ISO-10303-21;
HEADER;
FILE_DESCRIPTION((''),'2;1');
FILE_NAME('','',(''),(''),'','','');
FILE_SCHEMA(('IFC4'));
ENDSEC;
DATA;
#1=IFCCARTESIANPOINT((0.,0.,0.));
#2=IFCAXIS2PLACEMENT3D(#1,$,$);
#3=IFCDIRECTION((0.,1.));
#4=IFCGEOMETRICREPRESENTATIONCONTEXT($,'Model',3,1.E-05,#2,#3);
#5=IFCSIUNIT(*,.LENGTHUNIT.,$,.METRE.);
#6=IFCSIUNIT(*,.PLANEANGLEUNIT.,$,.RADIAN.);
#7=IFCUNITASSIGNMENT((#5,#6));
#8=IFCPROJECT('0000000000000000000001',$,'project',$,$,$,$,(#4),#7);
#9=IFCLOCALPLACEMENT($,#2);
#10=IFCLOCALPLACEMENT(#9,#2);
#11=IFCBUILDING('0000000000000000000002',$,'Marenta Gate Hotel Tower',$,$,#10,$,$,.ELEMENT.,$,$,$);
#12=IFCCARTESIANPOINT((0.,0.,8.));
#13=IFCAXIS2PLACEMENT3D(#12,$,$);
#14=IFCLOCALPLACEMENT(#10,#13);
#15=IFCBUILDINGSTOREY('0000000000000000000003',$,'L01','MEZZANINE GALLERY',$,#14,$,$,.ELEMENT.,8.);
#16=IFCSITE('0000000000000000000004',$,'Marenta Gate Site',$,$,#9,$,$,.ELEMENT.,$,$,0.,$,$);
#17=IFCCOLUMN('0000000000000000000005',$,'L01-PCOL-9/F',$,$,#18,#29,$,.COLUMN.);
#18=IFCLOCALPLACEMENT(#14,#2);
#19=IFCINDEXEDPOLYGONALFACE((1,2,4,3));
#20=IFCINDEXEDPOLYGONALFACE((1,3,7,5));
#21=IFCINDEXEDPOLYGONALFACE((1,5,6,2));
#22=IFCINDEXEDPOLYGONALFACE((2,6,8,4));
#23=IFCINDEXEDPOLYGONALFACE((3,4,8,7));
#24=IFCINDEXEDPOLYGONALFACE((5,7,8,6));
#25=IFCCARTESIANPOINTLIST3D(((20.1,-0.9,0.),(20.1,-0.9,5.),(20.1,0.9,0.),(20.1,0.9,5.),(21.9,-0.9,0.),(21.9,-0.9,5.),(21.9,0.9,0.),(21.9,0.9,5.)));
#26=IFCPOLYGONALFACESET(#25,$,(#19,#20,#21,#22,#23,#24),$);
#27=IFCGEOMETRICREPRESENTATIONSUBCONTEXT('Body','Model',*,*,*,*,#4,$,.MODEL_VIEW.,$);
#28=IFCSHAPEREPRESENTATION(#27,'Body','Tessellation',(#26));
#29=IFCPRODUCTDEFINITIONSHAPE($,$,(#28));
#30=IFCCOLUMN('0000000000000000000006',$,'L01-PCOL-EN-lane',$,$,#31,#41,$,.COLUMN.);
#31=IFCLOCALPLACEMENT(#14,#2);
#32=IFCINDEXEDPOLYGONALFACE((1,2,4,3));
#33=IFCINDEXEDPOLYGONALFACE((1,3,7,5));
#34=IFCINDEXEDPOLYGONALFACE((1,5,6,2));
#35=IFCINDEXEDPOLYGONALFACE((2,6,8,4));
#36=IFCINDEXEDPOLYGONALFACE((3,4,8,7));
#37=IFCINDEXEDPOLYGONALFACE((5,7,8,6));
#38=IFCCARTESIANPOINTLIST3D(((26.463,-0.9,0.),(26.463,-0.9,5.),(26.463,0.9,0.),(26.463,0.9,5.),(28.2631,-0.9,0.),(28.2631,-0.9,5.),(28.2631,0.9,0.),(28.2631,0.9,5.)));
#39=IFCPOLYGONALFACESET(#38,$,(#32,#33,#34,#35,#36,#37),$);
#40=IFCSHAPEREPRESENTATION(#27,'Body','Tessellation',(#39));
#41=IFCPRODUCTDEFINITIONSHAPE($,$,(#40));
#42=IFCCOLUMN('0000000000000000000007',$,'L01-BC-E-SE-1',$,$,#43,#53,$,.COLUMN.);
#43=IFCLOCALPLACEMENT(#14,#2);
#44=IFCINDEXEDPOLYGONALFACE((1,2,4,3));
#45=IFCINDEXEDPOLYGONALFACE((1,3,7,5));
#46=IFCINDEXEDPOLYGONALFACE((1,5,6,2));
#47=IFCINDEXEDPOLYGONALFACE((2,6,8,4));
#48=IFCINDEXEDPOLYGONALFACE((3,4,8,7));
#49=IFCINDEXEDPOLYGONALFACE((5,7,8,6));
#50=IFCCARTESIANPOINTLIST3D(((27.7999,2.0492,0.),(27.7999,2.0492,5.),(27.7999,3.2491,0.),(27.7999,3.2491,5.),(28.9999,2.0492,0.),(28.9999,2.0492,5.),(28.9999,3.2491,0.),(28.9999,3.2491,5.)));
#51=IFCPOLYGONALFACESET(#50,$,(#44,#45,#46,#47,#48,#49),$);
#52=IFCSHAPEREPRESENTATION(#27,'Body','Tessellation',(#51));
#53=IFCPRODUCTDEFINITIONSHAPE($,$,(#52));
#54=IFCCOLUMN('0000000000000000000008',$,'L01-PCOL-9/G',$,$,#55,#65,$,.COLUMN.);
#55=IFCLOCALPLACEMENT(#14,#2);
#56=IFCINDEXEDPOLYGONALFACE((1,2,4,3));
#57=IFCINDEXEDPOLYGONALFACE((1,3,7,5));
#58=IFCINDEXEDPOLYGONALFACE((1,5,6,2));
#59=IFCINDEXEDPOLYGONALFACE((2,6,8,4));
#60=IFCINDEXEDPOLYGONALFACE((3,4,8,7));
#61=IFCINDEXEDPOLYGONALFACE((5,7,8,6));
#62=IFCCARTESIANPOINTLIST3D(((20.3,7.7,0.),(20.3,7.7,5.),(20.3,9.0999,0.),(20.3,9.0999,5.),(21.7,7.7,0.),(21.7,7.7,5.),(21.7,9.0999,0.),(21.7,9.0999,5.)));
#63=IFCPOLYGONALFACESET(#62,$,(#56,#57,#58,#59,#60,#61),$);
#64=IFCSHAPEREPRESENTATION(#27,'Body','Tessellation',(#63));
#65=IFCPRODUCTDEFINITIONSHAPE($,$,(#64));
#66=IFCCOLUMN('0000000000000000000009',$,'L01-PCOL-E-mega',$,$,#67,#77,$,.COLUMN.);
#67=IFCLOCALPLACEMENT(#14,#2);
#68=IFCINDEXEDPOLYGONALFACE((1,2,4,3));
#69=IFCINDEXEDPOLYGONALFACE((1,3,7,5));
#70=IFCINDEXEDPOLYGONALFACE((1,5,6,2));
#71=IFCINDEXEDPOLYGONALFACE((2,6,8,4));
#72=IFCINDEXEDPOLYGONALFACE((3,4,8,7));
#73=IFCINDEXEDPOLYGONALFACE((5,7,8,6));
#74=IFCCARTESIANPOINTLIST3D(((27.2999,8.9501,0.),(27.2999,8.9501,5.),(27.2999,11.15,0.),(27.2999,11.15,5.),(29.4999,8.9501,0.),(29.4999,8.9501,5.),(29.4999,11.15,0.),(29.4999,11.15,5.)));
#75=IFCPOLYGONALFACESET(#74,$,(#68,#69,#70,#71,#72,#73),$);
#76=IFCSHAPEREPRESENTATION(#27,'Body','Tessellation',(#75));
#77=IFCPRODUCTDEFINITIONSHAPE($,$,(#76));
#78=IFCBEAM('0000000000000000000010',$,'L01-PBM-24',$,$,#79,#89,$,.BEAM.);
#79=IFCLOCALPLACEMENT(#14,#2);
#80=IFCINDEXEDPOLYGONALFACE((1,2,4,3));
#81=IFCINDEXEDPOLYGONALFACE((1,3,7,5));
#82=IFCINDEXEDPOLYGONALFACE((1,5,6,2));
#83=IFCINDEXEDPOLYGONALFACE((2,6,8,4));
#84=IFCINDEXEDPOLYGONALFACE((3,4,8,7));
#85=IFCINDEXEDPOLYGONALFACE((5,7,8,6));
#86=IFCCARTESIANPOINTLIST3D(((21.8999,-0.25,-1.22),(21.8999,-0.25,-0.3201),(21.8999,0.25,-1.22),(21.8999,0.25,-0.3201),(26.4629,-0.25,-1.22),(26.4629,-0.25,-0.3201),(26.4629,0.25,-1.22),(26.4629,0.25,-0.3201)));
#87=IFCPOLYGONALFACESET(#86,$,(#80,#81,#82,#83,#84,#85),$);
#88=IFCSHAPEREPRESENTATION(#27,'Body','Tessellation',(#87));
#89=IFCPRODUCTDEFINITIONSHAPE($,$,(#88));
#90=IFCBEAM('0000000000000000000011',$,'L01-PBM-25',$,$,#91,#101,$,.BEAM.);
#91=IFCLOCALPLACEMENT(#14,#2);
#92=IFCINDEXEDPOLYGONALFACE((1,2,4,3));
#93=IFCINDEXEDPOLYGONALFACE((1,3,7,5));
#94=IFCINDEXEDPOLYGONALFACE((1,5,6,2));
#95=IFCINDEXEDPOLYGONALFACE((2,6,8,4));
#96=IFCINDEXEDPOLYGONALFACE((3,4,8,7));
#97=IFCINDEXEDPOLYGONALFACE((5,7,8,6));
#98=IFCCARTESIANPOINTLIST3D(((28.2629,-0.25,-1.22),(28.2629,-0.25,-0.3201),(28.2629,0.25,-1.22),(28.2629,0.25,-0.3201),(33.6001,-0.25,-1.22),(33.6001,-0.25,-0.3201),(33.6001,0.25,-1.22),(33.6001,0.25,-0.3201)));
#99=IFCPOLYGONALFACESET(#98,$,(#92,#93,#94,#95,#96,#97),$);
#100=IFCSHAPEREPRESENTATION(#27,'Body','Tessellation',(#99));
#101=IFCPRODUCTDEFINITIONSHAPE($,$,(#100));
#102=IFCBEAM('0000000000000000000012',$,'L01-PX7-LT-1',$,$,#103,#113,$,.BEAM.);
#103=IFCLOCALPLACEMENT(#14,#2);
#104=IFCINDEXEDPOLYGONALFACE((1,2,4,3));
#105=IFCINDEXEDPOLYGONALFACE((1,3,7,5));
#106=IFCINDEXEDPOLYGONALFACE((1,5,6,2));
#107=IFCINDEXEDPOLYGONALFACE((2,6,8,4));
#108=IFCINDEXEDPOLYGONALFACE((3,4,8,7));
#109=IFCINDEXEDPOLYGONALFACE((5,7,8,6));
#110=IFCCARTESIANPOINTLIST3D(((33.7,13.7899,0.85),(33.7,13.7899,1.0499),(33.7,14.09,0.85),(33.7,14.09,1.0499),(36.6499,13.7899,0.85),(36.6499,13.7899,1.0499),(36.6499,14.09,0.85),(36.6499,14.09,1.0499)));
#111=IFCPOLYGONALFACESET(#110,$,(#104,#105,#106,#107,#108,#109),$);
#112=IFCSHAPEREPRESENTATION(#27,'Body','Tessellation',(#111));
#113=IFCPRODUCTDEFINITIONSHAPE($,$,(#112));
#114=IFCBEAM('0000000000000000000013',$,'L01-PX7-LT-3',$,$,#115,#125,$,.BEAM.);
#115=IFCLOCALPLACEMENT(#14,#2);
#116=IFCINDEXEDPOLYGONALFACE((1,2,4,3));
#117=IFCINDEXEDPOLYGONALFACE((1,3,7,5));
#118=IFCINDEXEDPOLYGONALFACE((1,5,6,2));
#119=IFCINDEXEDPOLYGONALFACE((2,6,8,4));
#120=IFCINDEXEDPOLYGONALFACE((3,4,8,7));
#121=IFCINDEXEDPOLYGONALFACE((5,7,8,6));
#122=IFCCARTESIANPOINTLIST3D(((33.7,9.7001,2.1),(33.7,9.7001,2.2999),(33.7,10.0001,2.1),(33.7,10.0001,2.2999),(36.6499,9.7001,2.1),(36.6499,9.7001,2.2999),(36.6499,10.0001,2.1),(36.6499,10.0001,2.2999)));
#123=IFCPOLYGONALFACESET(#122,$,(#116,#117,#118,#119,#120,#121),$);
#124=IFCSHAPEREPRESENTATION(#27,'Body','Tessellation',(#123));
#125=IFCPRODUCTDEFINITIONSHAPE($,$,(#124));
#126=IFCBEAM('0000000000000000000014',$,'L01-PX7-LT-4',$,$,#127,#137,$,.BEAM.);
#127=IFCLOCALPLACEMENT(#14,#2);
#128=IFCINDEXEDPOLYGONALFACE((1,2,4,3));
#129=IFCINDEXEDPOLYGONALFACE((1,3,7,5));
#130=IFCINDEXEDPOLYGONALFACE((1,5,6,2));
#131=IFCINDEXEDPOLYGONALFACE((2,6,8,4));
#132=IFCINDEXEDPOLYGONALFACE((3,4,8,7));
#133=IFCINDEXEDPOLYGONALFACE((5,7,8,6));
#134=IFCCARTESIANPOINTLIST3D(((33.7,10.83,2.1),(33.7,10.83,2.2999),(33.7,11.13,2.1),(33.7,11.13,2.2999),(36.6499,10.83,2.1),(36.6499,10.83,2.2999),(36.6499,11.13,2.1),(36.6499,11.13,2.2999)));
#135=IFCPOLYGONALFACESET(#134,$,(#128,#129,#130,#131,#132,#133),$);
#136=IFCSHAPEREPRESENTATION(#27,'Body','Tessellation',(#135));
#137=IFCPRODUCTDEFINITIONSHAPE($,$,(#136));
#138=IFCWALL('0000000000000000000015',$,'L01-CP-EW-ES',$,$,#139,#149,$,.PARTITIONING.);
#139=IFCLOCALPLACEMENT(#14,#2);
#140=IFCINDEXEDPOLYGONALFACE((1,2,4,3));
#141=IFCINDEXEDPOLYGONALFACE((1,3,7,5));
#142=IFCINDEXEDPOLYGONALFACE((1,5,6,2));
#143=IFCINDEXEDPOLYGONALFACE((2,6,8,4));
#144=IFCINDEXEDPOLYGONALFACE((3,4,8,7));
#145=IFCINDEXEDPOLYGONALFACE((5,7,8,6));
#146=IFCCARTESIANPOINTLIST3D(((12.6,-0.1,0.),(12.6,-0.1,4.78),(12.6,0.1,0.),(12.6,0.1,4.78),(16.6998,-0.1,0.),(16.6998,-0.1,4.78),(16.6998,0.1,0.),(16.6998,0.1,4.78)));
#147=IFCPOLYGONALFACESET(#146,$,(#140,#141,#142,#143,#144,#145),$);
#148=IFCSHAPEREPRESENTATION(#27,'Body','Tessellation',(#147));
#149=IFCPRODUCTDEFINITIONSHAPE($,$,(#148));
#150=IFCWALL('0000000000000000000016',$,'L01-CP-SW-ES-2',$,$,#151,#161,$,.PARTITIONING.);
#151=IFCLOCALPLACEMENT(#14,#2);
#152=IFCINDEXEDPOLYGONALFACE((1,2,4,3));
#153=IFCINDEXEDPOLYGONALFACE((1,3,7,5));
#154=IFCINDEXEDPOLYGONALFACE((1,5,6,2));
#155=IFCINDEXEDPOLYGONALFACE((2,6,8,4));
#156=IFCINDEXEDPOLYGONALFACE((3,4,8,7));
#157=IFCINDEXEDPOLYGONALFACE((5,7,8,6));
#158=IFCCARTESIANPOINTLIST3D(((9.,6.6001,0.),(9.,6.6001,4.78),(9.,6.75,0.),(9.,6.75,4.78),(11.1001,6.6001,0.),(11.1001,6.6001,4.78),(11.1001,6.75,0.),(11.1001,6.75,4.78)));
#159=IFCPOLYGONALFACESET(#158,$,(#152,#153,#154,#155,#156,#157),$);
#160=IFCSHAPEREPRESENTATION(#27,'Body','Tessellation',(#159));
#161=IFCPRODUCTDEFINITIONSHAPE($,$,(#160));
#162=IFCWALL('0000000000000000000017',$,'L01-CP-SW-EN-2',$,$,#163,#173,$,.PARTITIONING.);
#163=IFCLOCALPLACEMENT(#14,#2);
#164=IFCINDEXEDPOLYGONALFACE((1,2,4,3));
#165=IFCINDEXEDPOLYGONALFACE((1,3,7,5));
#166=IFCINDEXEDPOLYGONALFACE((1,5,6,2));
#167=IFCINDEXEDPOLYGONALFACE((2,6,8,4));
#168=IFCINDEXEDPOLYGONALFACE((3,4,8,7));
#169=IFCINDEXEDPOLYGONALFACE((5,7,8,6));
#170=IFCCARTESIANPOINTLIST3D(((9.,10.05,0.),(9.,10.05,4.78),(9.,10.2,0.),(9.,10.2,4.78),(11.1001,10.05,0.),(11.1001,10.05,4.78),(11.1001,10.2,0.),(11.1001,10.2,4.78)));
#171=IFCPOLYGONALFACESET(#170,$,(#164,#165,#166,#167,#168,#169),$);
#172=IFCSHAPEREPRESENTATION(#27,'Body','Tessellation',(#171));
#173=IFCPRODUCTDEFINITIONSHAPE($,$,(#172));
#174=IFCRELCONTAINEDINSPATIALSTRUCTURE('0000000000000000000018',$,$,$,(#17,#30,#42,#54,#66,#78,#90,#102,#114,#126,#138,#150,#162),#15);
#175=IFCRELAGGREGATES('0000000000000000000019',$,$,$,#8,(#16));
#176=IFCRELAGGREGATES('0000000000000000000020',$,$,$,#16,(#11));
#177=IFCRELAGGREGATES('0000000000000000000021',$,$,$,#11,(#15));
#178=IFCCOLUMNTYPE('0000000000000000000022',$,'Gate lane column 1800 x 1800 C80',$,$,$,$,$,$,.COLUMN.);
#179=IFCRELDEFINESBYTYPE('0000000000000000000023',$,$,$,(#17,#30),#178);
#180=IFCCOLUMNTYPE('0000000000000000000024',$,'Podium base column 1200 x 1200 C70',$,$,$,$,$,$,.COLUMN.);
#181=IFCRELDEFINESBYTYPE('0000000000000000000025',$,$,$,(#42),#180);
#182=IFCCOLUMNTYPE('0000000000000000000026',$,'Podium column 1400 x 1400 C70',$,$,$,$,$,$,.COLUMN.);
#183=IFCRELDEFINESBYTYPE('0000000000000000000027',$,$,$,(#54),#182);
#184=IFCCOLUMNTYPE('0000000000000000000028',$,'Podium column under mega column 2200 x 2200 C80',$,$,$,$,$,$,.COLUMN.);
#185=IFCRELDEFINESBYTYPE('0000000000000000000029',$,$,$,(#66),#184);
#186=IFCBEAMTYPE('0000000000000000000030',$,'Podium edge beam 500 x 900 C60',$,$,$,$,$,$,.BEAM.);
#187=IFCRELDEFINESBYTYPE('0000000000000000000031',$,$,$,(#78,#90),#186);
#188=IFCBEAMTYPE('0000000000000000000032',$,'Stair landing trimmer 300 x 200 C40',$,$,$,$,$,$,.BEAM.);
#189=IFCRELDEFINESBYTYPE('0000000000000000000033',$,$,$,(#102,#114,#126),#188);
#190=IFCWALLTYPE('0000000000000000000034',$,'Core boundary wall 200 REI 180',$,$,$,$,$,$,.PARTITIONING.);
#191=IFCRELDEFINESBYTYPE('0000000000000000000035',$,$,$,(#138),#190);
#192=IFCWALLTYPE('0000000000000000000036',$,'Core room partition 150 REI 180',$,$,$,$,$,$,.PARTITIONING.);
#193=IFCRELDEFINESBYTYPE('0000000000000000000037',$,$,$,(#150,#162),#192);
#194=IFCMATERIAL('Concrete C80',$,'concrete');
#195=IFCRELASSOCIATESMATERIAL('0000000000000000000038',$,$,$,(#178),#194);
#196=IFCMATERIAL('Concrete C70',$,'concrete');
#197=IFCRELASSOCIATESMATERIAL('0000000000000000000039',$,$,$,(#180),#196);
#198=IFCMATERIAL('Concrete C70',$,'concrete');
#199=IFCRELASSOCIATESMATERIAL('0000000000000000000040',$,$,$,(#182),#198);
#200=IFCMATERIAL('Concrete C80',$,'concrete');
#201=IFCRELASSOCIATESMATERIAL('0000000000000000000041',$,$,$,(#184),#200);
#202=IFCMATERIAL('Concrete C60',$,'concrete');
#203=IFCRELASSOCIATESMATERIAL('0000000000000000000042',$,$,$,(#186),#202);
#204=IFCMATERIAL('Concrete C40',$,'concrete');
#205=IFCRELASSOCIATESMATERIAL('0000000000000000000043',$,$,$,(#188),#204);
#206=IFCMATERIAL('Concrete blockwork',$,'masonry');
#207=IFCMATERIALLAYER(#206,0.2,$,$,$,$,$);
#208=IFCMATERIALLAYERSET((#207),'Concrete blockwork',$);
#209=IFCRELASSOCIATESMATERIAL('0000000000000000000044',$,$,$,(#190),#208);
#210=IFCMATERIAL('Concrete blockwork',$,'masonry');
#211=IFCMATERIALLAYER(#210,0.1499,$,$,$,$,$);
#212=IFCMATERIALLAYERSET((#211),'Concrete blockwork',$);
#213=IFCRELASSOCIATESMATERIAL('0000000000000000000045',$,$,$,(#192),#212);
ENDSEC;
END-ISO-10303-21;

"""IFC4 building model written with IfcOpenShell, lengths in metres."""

from ifc_helpers import new_model, si_unit, direction, frame, frame_2d, origin, origin_2d, place, context, subcontext, project, spatial, rectangle, extrude, material, layer, layer_set, material_profile, profile_set, type_object, element, save


model = new_model("IFC4")

# Units and contexts
model_context = context("Model", 3, precision=1e-05, world=origin(), true_north=direction((0.0, 1.0)))
body_context = subcontext(model_context, "Body", "Model", "MODEL_VIEW")
ifc_project = project(units=[si_unit("LENGTHUNIT", "METRE"), si_unit("PLANEANGLEUNIT", "RADIAN")], contexts=[model_context])

# Site, building, storey
site_placement = place(None, origin())
site = spatial("IfcSite", under=ifc_project, at=site_placement, Name="Marenta Gate Site", CompositionType="ELEMENT", RefElevation=0.0)
building_placement = place(site_placement, origin())
building = spatial("IfcBuilding", under=site, at=building_placement, Name="Marenta Gate Hotel Tower", CompositionType="ELEMENT")
storey_placement = place(building_placement, frame((0.0, 0.0, 8.0)))
storey = spatial("IfcBuildingStorey", under=building, at=storey_placement, Name="L01", Description="MEZZANINE GALLERY", CompositionType="ELEMENT", Elevation=8.0)

# Columns
ifc_material_1 = material(Name="Concrete C80", Category="concrete")
ifc_material_profile_1 = material_profile(ifc_material_1, rectangle(XDim=1.8, YDim=1.8, at=origin_2d()), Name="1800 x 1800")
ifc_profile_set_1 = profile_set([ifc_material_profile_1], Name="Concrete C80")
column_type_1 = type_object("IfcColumnType", Name="Gate lane column 1800 x 1800 C80", PredefinedType="COLUMN", material=ifc_profile_set_1)
for number, where, z_axis, x_axis, name in (
    (1, (21.0, 0.0, 0.0), (0.0, 0.0, 1.0), (1.0, 0.0, 0.0), "L01-PCOL-9/F"),
    (2, (27.363, 0.0, 0.0), (0.0, 0.0, 1.0), (1.0, 0.0, 0.0), "L01-PCOL-EN-lane"),
):
    element("IfcColumn", number, at=place(storey_placement, frame(where, z_axis=z_axis, x_axis=x_axis)), inside=storey, type_object=column_type_1, Name=name, PredefinedType="COLUMN", context=body_context, shape_type="SweptSolid", body=[
        extrude(rectangle(XDim=1.8, YDim=1.8, at=origin_2d()), origin(), (0.0, 0.0, 1.0), 5.0),
    ])
ifc_material_2 = material(Name="Concrete C70", Category="concrete")
ifc_material_profile_2 = material_profile(ifc_material_2, rectangle(XDim=1.2, YDim=1.2, at=origin_2d()), Name="1200 x 1200")
ifc_profile_set_2 = profile_set([ifc_material_profile_2], Name="Concrete C70")
column_type_2 = type_object("IfcColumnType", Name="Podium base column 1200 x 1200 C70", PredefinedType="COLUMN", material=ifc_profile_set_2)
column_1_placement = place(storey_placement, frame((28.3999, 2.6492, 0.0), z_axis=(0.0, 0.0, 1.0), x_axis=(1.0, 0.0, 0.0)))
element("IfcColumn", 3, at=column_1_placement, inside=storey, type_object=column_type_2, Name="L01-BC-E-SE-1", PredefinedType="COLUMN", context=body_context, shape_type="SweptSolid", body=[
    extrude(rectangle(XDim=1.2, YDim=1.2, at=origin_2d()), origin(), (0.0, 0.0, 1.0), 5.0),
])
ifc_material_3 = material(Name="Concrete C70", Category="concrete")
ifc_material_profile_3 = material_profile(ifc_material_3, rectangle(XDim=1.3999, YDim=1.3999, at=origin_2d()), Name="1400 x 1400")
ifc_profile_set_3 = profile_set([ifc_material_profile_3], Name="Concrete C70")
column_type_3 = type_object("IfcColumnType", Name="Podium column 1400 x 1400 C70", PredefinedType="COLUMN", material=ifc_profile_set_3)
column_2_placement = place(storey_placement, frame((21.0, 8.3999, 0.0), z_axis=(0.0, 0.0, 1.0), x_axis=(1.0, 0.0, 0.0)))
element("IfcColumn", 4, at=column_2_placement, inside=storey, type_object=column_type_3, Name="L01-PCOL-9/G", PredefinedType="COLUMN", context=body_context, shape_type="SweptSolid", body=[
    extrude(rectangle(XDim=1.3999, YDim=1.3999, at=origin_2d()), origin(), (0.0, 0.0, 1.0), 5.0),
])
ifc_material_4 = material(Name="Concrete C80", Category="concrete")
ifc_material_profile_4 = material_profile(ifc_material_4, rectangle(XDim=2.2, YDim=2.2, at=origin_2d()), Name="2200 x 2200")
ifc_profile_set_4 = profile_set([ifc_material_profile_4], Name="Concrete C80")
column_type_4 = type_object("IfcColumnType", Name="Podium column under mega column 2200 x 2200 C80", PredefinedType="COLUMN", material=ifc_profile_set_4)
column_3_placement = place(storey_placement, frame((28.3999, 10.05, 0.0), z_axis=(0.0, 0.0, 1.0), x_axis=(1.0, 0.0, 0.0)))
element("IfcColumn", 5, at=column_3_placement, inside=storey, type_object=column_type_4, Name="L01-PCOL-E-mega", PredefinedType="COLUMN", context=body_context, shape_type="SweptSolid", body=[
    extrude(rectangle(XDim=2.2, YDim=2.2, at=origin_2d()), origin(), (0.0, 0.0, 1.0), 5.0),
])

# Beams
ifc_material_5 = material(Name="Concrete C60", Category="concrete")
ifc_material_profile_5 = material_profile(ifc_material_5, rectangle(XDim=0.5, YDim=0.8999, at=origin_2d()), Name="500 x 900")
ifc_profile_set_5 = profile_set([ifc_material_profile_5], Name="Concrete C60")
beam_type_1 = type_object("IfcBeamType", Name="Podium edge beam 500 x 900 C60", PredefinedType="BEAM", material=ifc_profile_set_5)
beam_1_placement = place(storey_placement, frame((21.8999, 0.0, -0.77), z_axis=(1.0, 0.0, 0.0), x_axis=(0.0, 1.0, 0.0)))
element("IfcBeam", 6, at=beam_1_placement, inside=storey, type_object=beam_type_1, Name="L01-PBM-24", PredefinedType="BEAM", context=body_context, shape_type="SweptSolid", body=[
    extrude(rectangle(XDim=0.5, YDim=0.8999, at=origin_2d()), origin(), (0.0, 0.0, 1.0), 4.563),
])
beam_2_placement = place(storey_placement, frame((28.2629, 0.0, -0.77), z_axis=(1.0, 0.0, 0.0), x_axis=(0.0, 1.0, 0.0)))
element("IfcBeam", 7, at=beam_2_placement, inside=storey, type_object=beam_type_1, Name="L01-PBM-25", PredefinedType="BEAM", context=body_context, shape_type="SweptSolid", body=[
    extrude(rectangle(XDim=0.5, YDim=0.8999, at=origin_2d()), origin(), (0.0, 0.0, 1.0), 5.3372),
])
ifc_material_6 = material(Name="Concrete C40", Category="concrete")
ifc_material_profile_6 = material_profile(ifc_material_6, rectangle(XDim=0.3, YDim=0.2, at=origin_2d()), Name="300 x 200")
ifc_profile_set_6 = profile_set([ifc_material_profile_6], Name="Concrete C40")
beam_type_2 = type_object("IfcBeamType", Name="Stair landing trimmer 300 x 200 C40", PredefinedType="BEAM", material=ifc_profile_set_6)
for number, where, z_axis, x_axis, name in (
    (8, (33.7, 13.9399, 0.95), (1.0, 0.0, 0.0), (0.0, 1.0, 0.0), "L01-PX7-LT-1"),
    (9, (33.7, 9.8501, 2.2), (1.0, 0.0, 0.0), (0.0, 1.0, 0.0), "L01-PX7-LT-3"),
    (10, (33.7, 10.98, 2.2), (1.0, 0.0, 0.0), (0.0, 1.0, 0.0), "L01-PX7-LT-4"),
):
    element("IfcBeam", number, at=place(storey_placement, frame(where, z_axis=z_axis, x_axis=x_axis)), inside=storey, type_object=beam_type_2, Name=name, PredefinedType="BEAM", context=body_context, shape_type="SweptSolid", body=[
        extrude(rectangle(XDim=0.3, YDim=0.2, at=origin_2d()), origin(), (0.0, 0.0, 1.0), 2.95),
    ])

# Walls
ifc_material_7 = material(Name="Concrete blockwork", Category="masonry")
ifc_layer_1 = layer(ifc_material_7, 0.2)
ifc_layer_set_1 = layer_set([ifc_layer_1], Name="Concrete blockwork")
wall_type_1 = type_object("IfcWallType", Name="Core boundary wall 200 REI 180", PredefinedType="PARTITIONING", material=ifc_layer_set_1)
wall_1_placement = place(storey_placement, frame((12.6001, 0.0, 0.0), z_axis=(0.0, 0.0, 1.0), x_axis=(1.0, 0.0, 0.0)))
element("IfcWall", 11, at=wall_1_placement, inside=storey, type_object=wall_type_1, Name="L01-CP-EW-ES", PredefinedType="PARTITIONING", context=body_context, shape_type="SweptSolid", body=[
    extrude(rectangle(XDim=4.0999, YDim=0.2, at=frame_2d((2.0498, 0.0))), origin(), (0.0, 0.0, 1.0), 4.78),
])
ifc_material_8 = material(Name="Concrete blockwork", Category="masonry")
ifc_layer_2 = layer(ifc_material_8, 0.1499)
ifc_layer_set_2 = layer_set([ifc_layer_2], Name="Concrete blockwork")
wall_type_2 = type_object("IfcWallType", Name="Core room partition 150 REI 180", PredefinedType="PARTITIONING", material=ifc_layer_set_2)
for number, where, z_axis, x_axis, name in (
    (12, (9.0, 6.675, 0.0), (0.0, 0.0, 1.0), (1.0, 0.0, 0.0), "L01-CP-SW-ES-2"),
    (13, (9.0, 10.125, 0.0), (0.0, 0.0, 1.0), (1.0, 0.0, 0.0), "L01-CP-SW-EN-2"),
):
    element("IfcWall", number, at=place(storey_placement, frame(where, z_axis=z_axis, x_axis=x_axis)), inside=storey, type_object=wall_type_2, Name=name, PredefinedType="PARTITIONING", context=body_context, shape_type="SweptSolid", body=[
        extrude(rectangle(XDim=2.1001, YDim=0.1499, at=frame_2d((1.05, 0.0))), origin(), (0.0, 0.0, 1.0), 4.78),
    ])

save(model, "model.ifc")
